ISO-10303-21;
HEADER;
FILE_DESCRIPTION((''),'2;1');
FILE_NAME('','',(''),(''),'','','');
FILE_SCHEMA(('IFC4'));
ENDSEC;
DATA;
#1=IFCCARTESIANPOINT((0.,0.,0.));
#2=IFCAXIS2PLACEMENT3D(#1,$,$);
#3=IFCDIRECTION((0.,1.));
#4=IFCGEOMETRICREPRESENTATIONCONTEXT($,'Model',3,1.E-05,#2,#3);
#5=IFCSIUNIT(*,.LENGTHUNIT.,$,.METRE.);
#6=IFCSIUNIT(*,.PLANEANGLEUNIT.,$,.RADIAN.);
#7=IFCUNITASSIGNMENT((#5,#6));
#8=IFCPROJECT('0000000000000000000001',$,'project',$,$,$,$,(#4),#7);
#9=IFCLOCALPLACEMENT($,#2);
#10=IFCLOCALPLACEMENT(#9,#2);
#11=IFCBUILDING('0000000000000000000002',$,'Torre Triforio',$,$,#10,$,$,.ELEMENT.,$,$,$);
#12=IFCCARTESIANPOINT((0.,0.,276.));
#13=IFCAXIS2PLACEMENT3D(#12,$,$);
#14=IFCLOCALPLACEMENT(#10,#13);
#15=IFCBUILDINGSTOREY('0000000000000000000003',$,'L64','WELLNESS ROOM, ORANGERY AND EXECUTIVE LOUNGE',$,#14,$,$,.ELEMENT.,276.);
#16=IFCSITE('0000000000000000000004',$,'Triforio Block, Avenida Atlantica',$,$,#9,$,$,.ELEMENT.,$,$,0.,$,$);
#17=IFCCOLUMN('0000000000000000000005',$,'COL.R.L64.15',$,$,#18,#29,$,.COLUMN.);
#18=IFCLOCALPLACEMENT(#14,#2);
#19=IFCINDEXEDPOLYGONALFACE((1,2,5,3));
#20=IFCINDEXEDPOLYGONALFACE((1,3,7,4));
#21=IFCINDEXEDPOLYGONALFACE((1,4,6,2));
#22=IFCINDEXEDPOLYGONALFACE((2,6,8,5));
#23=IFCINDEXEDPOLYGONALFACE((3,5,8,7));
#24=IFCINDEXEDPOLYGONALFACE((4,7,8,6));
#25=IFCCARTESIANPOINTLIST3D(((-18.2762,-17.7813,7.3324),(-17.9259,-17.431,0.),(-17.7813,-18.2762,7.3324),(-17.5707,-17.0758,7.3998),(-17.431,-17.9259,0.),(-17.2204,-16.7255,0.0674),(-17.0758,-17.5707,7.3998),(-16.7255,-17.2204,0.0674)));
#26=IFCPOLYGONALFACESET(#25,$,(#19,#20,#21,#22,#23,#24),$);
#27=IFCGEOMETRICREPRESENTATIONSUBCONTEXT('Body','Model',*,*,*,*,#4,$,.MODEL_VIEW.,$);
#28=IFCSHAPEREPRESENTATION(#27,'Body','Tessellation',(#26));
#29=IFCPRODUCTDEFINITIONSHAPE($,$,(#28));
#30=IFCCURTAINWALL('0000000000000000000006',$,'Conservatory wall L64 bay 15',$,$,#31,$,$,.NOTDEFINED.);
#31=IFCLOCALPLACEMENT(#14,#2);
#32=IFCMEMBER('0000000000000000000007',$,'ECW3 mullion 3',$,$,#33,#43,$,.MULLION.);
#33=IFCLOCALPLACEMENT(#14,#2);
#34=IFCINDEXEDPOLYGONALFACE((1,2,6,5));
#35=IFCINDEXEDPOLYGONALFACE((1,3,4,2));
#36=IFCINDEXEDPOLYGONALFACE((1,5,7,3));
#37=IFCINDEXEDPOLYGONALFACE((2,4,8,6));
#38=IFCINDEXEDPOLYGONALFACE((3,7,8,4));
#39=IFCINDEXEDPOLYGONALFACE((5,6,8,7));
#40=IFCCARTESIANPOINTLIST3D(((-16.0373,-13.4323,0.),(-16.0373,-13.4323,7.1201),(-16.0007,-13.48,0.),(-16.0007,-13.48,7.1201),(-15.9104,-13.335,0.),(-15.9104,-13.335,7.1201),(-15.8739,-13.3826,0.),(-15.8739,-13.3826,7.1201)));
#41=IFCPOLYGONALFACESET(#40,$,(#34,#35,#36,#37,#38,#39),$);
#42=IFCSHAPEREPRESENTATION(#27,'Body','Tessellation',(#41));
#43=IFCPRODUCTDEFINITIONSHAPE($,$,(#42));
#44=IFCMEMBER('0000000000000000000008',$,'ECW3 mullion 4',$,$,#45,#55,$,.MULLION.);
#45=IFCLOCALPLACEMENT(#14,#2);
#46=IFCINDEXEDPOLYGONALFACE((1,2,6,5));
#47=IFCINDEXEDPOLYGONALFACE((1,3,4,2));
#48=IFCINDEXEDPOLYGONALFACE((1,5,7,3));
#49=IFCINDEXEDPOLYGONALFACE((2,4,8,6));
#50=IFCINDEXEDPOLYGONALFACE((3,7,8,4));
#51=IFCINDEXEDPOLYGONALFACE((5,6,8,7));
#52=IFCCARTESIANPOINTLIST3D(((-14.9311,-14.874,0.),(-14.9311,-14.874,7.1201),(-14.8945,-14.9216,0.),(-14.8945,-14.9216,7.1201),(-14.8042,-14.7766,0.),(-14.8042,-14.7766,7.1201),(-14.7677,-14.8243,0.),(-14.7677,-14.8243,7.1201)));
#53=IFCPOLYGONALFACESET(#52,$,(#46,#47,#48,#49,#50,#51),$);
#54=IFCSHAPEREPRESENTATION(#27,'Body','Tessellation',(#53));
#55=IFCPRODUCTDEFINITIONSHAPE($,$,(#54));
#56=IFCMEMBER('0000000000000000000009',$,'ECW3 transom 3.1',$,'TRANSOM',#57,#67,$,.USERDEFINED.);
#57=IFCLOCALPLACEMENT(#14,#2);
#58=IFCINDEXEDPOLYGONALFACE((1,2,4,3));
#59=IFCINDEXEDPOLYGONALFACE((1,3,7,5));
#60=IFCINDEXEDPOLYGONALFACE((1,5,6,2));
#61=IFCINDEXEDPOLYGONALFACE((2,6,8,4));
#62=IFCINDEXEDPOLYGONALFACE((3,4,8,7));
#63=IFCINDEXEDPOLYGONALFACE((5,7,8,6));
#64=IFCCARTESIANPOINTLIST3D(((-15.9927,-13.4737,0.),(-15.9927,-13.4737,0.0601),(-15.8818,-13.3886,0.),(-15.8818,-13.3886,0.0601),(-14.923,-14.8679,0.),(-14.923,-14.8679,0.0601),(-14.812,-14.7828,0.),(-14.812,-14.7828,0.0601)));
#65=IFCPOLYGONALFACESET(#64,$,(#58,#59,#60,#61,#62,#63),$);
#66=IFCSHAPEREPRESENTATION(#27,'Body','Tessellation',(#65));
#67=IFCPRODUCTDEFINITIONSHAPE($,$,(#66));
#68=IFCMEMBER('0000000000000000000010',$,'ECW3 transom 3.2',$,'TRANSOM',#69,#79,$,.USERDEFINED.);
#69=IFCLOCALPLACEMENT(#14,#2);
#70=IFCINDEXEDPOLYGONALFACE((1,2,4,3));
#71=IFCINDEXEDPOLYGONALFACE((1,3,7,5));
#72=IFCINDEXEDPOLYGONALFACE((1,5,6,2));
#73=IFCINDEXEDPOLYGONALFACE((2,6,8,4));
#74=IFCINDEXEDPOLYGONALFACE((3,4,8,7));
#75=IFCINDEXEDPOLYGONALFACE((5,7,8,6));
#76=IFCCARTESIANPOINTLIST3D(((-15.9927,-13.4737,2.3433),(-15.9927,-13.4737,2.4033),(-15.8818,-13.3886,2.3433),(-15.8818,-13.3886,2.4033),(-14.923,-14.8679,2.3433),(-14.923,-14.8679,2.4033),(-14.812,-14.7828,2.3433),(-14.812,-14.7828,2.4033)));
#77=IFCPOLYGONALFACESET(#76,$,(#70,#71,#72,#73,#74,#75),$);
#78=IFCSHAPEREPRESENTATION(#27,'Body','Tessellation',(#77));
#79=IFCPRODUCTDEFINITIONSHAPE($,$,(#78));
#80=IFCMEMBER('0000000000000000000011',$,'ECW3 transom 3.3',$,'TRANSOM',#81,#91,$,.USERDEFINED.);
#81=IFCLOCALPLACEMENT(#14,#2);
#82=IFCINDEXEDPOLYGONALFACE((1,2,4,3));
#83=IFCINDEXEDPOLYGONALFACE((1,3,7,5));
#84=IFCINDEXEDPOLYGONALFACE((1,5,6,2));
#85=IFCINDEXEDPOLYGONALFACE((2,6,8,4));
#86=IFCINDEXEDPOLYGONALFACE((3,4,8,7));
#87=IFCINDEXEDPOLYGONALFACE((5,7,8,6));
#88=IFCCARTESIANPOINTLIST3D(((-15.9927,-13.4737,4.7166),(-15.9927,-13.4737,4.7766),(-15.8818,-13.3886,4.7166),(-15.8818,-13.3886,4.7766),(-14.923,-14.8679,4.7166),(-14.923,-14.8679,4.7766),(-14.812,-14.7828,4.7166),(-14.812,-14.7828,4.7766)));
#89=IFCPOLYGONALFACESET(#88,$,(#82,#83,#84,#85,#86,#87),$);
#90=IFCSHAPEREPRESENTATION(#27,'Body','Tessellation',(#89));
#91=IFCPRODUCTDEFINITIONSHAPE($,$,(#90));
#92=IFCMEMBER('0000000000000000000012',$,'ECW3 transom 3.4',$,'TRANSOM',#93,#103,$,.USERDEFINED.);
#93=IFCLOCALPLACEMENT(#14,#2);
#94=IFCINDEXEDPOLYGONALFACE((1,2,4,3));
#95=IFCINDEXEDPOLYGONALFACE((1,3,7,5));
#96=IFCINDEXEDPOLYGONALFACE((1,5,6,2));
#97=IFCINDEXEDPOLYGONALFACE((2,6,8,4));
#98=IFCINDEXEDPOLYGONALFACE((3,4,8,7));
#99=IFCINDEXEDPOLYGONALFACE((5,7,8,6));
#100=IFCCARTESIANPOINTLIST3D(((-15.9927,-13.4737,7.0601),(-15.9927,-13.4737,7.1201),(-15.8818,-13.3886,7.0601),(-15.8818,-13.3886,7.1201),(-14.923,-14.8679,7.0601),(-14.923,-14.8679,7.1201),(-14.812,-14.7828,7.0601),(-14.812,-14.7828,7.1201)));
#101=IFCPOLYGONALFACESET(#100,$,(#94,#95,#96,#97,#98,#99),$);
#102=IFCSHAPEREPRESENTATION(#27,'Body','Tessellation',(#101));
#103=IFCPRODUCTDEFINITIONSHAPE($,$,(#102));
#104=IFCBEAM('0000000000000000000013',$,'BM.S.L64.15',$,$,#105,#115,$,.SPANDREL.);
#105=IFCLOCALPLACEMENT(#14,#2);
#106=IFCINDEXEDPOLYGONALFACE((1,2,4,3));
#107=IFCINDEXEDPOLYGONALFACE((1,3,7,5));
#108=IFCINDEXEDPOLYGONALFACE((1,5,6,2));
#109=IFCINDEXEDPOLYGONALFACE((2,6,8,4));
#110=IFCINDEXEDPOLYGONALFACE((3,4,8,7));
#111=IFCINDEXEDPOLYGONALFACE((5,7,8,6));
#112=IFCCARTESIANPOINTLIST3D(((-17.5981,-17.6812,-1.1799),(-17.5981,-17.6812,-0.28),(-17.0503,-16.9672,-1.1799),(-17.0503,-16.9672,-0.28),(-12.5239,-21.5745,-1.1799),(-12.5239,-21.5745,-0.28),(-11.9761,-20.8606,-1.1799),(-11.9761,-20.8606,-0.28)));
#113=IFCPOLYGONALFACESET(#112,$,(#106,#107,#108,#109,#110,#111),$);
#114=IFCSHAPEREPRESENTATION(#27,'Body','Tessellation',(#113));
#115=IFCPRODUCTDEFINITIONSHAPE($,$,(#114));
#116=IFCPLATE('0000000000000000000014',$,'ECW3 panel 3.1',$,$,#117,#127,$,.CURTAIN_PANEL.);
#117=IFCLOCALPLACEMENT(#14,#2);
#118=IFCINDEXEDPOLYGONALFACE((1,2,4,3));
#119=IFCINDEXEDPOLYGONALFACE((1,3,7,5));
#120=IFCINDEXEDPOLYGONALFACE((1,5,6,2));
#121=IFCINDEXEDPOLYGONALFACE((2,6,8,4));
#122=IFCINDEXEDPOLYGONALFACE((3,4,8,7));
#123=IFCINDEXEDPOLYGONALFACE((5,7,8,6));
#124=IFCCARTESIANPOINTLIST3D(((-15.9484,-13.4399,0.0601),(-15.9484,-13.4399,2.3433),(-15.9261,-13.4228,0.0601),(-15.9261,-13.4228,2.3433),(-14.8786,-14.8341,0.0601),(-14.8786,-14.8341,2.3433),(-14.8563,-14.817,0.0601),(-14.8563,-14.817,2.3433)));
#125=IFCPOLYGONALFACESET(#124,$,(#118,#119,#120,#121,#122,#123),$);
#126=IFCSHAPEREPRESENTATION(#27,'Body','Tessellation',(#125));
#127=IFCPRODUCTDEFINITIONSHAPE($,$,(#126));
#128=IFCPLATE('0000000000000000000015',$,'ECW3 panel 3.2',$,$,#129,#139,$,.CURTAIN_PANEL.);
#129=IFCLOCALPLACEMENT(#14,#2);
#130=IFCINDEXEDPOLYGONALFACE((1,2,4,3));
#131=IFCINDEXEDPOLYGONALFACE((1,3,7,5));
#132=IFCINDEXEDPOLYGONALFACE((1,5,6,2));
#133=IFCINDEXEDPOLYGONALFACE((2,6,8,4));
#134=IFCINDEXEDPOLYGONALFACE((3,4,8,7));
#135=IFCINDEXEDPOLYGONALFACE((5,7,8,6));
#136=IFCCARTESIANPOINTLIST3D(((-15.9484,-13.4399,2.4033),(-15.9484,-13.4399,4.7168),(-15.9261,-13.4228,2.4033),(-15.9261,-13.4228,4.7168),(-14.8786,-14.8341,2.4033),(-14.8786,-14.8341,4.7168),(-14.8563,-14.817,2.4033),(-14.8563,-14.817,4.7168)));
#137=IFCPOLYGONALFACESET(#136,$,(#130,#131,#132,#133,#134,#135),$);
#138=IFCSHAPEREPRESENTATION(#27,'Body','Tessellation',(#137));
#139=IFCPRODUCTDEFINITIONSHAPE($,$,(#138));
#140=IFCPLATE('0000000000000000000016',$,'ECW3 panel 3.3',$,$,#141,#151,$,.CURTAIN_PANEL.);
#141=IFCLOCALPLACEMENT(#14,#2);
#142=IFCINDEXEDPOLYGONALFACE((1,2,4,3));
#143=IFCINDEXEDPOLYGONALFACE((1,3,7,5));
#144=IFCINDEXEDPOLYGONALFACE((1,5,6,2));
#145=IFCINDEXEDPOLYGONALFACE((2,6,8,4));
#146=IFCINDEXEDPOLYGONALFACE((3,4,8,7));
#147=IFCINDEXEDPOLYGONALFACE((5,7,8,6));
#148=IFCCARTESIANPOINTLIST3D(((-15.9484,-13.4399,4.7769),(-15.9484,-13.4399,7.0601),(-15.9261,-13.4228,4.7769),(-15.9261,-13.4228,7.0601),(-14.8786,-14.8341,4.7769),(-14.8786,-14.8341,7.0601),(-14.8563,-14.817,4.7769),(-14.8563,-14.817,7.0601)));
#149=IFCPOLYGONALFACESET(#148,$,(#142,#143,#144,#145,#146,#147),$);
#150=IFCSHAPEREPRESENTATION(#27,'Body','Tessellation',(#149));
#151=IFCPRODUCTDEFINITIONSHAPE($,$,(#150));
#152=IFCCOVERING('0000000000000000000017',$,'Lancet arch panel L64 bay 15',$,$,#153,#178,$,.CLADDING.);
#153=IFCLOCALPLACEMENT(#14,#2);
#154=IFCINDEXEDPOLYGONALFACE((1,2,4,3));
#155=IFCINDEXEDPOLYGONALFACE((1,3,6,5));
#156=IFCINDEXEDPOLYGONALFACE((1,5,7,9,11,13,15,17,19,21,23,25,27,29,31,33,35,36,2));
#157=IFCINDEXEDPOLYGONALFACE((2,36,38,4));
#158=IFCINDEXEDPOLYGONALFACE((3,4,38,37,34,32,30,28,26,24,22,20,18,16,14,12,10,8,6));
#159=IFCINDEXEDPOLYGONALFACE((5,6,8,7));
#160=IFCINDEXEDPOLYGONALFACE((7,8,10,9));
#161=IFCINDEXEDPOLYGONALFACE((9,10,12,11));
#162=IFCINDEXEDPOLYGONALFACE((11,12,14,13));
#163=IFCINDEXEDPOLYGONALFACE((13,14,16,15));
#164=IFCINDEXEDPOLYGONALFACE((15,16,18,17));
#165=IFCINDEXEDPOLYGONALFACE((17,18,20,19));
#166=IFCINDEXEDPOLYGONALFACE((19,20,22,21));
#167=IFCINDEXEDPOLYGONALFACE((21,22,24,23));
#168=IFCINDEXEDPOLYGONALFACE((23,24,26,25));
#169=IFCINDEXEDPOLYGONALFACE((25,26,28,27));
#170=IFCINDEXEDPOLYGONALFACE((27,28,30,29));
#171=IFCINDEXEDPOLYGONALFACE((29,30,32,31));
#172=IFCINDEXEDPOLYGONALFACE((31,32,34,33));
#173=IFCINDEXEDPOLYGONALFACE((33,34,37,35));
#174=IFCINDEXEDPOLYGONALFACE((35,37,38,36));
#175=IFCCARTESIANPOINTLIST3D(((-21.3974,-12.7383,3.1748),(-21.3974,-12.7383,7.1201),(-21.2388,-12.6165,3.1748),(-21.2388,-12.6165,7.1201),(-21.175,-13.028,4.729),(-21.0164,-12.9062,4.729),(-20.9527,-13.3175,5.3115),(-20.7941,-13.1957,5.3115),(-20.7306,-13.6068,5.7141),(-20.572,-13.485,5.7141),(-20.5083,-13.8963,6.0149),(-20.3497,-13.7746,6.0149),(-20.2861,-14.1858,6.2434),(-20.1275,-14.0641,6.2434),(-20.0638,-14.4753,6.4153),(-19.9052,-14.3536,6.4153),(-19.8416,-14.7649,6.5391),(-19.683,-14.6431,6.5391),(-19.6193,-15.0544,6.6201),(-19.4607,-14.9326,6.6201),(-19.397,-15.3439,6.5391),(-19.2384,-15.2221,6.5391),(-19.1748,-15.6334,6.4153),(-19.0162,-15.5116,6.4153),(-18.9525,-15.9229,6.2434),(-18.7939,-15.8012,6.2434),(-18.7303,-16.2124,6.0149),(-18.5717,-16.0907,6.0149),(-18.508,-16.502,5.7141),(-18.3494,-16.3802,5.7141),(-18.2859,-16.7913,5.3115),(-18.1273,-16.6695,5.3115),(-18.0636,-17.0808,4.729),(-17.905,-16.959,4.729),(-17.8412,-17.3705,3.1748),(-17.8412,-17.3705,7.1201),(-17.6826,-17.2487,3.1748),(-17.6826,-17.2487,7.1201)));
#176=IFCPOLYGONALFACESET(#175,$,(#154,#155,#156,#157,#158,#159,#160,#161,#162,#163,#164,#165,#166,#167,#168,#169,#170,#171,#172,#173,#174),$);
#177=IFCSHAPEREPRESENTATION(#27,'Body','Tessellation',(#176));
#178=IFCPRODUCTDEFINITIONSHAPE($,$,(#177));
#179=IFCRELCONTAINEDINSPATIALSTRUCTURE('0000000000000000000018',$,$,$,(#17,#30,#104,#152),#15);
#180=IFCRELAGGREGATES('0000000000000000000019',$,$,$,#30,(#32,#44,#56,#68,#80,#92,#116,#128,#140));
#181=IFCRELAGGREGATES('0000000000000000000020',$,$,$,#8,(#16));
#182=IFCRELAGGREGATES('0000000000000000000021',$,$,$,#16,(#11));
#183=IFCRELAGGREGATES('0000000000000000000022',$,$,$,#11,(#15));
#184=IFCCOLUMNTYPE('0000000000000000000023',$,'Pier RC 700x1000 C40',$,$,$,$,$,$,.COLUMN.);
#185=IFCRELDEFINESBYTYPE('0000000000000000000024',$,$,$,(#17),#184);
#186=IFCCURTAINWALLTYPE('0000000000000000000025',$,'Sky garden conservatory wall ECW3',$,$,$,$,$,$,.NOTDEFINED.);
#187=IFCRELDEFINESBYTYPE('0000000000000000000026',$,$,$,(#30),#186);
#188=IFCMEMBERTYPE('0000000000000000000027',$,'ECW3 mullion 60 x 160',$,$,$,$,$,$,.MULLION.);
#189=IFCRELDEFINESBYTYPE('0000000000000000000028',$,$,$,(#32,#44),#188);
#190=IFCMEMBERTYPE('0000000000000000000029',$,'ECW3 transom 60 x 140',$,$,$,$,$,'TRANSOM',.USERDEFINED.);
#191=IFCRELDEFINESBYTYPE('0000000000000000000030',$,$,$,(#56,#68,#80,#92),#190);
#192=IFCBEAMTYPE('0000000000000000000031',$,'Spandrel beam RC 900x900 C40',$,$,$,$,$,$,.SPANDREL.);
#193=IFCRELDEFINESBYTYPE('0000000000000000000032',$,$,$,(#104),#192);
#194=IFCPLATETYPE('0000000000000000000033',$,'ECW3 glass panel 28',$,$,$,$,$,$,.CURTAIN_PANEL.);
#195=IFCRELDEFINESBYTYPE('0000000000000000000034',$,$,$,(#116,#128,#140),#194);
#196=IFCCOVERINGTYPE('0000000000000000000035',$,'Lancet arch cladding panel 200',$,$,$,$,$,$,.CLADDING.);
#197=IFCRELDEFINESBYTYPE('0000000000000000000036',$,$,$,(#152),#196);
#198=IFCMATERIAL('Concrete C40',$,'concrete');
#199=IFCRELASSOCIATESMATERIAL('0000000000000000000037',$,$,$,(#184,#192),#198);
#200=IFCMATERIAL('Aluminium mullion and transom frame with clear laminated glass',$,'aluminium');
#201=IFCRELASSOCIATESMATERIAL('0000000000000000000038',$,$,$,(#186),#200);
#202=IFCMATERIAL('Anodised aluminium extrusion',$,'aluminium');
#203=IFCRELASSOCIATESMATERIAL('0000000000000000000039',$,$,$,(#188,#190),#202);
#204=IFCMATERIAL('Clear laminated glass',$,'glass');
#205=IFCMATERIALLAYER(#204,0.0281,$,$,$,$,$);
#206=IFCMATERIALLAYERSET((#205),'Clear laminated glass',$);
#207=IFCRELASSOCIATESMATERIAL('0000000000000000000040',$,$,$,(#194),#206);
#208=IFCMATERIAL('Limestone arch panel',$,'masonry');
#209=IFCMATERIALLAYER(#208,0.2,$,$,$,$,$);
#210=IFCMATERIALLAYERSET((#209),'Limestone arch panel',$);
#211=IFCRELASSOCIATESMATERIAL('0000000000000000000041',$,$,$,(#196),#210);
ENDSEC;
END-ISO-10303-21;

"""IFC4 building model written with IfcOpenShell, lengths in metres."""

from ifc_helpers import new_model, si_unit, direction, frame, origin, origin_2d, place, context, subcontext, project, spatial, polyline, rectangle, outline, extrude, material, layer, layer_set, material_profile, profile_set, type_object, element, aggregate, save


model = new_model("IFC4")

# Units and contexts
model_context = context("Model", 3, precision=1e-05, world=origin(), true_north=direction((0.0, 1.0)))
body_context = subcontext(model_context, "Body", "Model", "MODEL_VIEW")
ifc_project = project(units=[si_unit("LENGTHUNIT", "METRE"), si_unit("PLANEANGLEUNIT", "RADIAN")], contexts=[model_context])

# Site, building, storey
site_placement = place(None, origin())
site = spatial("IfcSite", under=ifc_project, at=site_placement, Name="Triforio Block, Avenida Atlantica", CompositionType="ELEMENT", RefElevation=0.0)
building_placement = place(site_placement, origin())
building = spatial("IfcBuilding", under=site, at=building_placement, Name="Torre Triforio", CompositionType="ELEMENT")
storey_placement = place(building_placement, frame((0.0, 0.0, 276.0)))
storey = spatial("IfcBuildingStorey", under=building, at=storey_placement, Name="L64", Description="WELLNESS ROOM, ORANGERY AND EXECUTIVE LOUNGE", CompositionType="ELEMENT", Elevation=276.0)

# Column
ifc_material_1 = material(Name="Concrete C40", Category="concrete")
ifc_material_profile_1 = material_profile(ifc_material_1, rectangle(XDim=0.7, YDim=1.0, at=origin_2d()), Name="RC 700x1000")
ifc_profile_set_1 = profile_set([ifc_material_profile_1], Name="Concrete C40")
column_type = type_object("IfcColumnType", Name="Pier RC 700x1000 C40", PredefinedType="COLUMN", material=ifc_profile_set_1)
column_placement = place(storey_placement, frame((-17.3257, -17.3257, 0.0337), z_axis=(-0.04767, -0.04767, 0.997725), x_axis=(0.707107, -0.707107, 0.0)))
element("IfcColumn", 1, at=column_placement, inside=storey, type_object=column_type, Name="COL.R.L64.15", PredefinedType="COLUMN", context=body_context, shape_type="SweptSolid", body=[
    extrude(rectangle(XDim=0.7, YDim=1.0, at=origin_2d()), origin(), (0.0, 0.0, 1.0), 7.3491),
])

# Curtain wall, members
ifc_material_2 = material(Name="Aluminium mullion and transom frame with clear laminated glass", Category="aluminium")
curtain_wall_type = type_object("IfcCurtainWallType", Name="Sky garden conservatory wall ECW3", PredefinedType="NOTDEFINED", material=ifc_material_2)
curtain_wall_placement = place(storey_placement, origin())
curtain_wall = element("IfcCurtainWall", 2, at=curtain_wall_placement, inside=storey, type_object=curtain_wall_type, Name="Conservatory wall L64 bay 15", PredefinedType="NOTDEFINED")
ifc_material_3 = material(Name="Anodised aluminium extrusion", Category="aluminium")
ifc_material_profile_2 = material_profile(ifc_material_3, rectangle(XDim=0.1599, YDim=0.0601, at=origin_2d()), Name="ECW3 MULLION 60x160")
ifc_profile_set_2 = profile_set([ifc_material_profile_2], Name="Anodised aluminium extrusion")
member_type_1 = type_object("IfcMemberType", Name="ECW3 mullion 60 x 160", PredefinedType="MULLION", material=ifc_profile_set_2)
member_1_placement = place(storey_placement, frame((-15.9556, -13.4075, 0.0), z_axis=(0.0, 0.0, 1.0), x_axis=(0.793352, 0.608763, 0.0)))
member_1 = element("IfcMember", 3, at=member_1_placement, type_object=member_type_1, Name="ECW3 mullion 3", PredefinedType="MULLION", context=body_context, shape_type="SweptSolid", body=[
    extrude(rectangle(XDim=0.1599, YDim=0.0601, at=origin_2d()), origin(), (0.0, 0.0, 1.0), 7.1201),
])
member_2_placement = place(storey_placement, frame((-14.8494, -14.8491, 0.0), z_axis=(0.0, 0.0, 1.0), x_axis=(0.793352, 0.608763, 0.0)))
member_2 = element("IfcMember", 4, at=member_2_placement, type_object=member_type_1, Name="ECW3 mullion 4", PredefinedType="MULLION", context=body_context, shape_type="SweptSolid", body=[
    extrude(rectangle(XDim=0.1599, YDim=0.0601, at=origin_2d()), origin(), (0.0, 0.0, 1.0), 7.1201),
])
ifc_material_profile_3 = material_profile(ifc_material_3, rectangle(XDim=0.1399, YDim=0.0601, at=origin_2d()), Name="ECW3 TRANSOM 60x140")
ifc_profile_set_3 = profile_set([ifc_material_profile_3], Name="Anodised aluminium extrusion")
member_type_2 = type_object("IfcMemberType", Name="ECW3 transom 60 x 140", ElementType="TRANSOM", PredefinedType="USERDEFINED", material=ifc_profile_set_3)
member_3_placement = place(storey_placement, frame((-15.9373, -13.4312, 0.03), z_axis=(0.608744, -0.793367, 0.0), x_axis=(0.793367, 0.608744, 0.0)))
member_3 = element("IfcMember", 5, at=member_3_placement, type_object=member_type_2, Name="ECW3 transom 3.1", ObjectType="TRANSOM", PredefinedType="USERDEFINED", context=body_context, shape_type="SweptSolid", body=[
    extrude(rectangle(XDim=0.1399, YDim=0.0601, at=origin_2d()), origin(), (0.0, 0.0, 1.0), 1.7573),
])
member_4_placement = place(storey_placement, frame((-15.9373, -13.4312, 2.3733), z_axis=(0.608744, -0.793367, 0.0), x_axis=(0.793367, 0.608744, 0.0)))
member_4 = element("IfcMember", 6, at=member_4_placement, type_object=member_type_2, Name="ECW3 transom 3.2", ObjectType="TRANSOM", PredefinedType="USERDEFINED", context=body_context, shape_type="SweptSolid", body=[
    extrude(rectangle(XDim=0.1399, YDim=0.0601, at=origin_2d()), origin(), (0.0, 0.0, 1.0), 1.7573),
])
member_5_placement = place(storey_placement, frame((-15.9373, -13.4312, 4.7466), z_axis=(0.608744, -0.793367, 0.0), x_axis=(0.793367, 0.608744, 0.0)))
member_5 = element("IfcMember", 7, at=member_5_placement, type_object=member_type_2, Name="ECW3 transom 3.3", ObjectType="TRANSOM", PredefinedType="USERDEFINED", context=body_context, shape_type="SweptSolid", body=[
    extrude(rectangle(XDim=0.1399, YDim=0.0601, at=origin_2d()), origin(), (0.0, 0.0, 1.0), 1.7573),
])
member_6_placement = place(storey_placement, frame((-15.9373, -13.4312, 7.0901), z_axis=(0.608744, -0.793367, 0.0), x_axis=(0.793367, 0.608744, 0.0)))
member_6 = element("IfcMember", 8, at=member_6_placement, type_object=member_type_2, Name="ECW3 transom 3.4", ObjectType="TRANSOM", PredefinedType="USERDEFINED", context=body_context, shape_type="SweptSolid", body=[
    extrude(rectangle(XDim=0.1399, YDim=0.0601, at=origin_2d()), origin(), (0.0, 0.0, 1.0), 1.7573),
])

# Beam
ifc_material_profile_4 = material_profile(ifc_material_1, rectangle(XDim=0.8999, YDim=0.8999, at=origin_2d()), Name="RC 900x900")
ifc_profile_set_4 = profile_set([ifc_material_profile_4], Name="Concrete C40")
beam_type = type_object("IfcBeamType", Name="Spandrel beam RC 900x900 C40", PredefinedType="SPANDREL", material=ifc_profile_set_4)
beam_placement = place(storey_placement, frame((-17.3242, -17.3242, -0.73), z_axis=(0.793374, -0.608734, 0.0), x_axis=(0.608734, 0.793374, 0.0)))
element("IfcBeam", 9, at=beam_placement, inside=storey, type_object=beam_type, Name="BM.S.L64.15", PredefinedType="SPANDREL", context=body_context, shape_type="SweptSolid", body=[
    extrude(rectangle(XDim=0.8999, YDim=0.8999, at=origin_2d()), origin(), (0.0, 0.0, 1.0), 6.3958),
])

# Plates
ifc_material_4 = material(Name="Clear laminated glass", Category="glass")
ifc_layer_1 = layer(ifc_material_4, 0.0281)
ifc_layer_set_1 = layer_set([ifc_layer_1], Name="Clear laminated glass")
plate_type = type_object("IfcPlateType", Name="ECW3 glass panel 28", PredefinedType="CURTAIN_PANEL", material=ifc_layer_set_1)
plate_1_placement = place(storey_placement, frame((-15.4023, -14.1284, 0.0601), z_axis=(0.0, 0.0, 1.0), x_axis=(0.608763, -0.793352, 0.0)))
plate_1 = element("IfcPlate", 10, at=plate_1_placement, type_object=plate_type, Name="ECW3 panel 3.1", PredefinedType="CURTAIN_PANEL", context=body_context, shape_type="SweptSolid", body=[
    extrude(rectangle(XDim=1.7573, YDim=0.0281, at=origin_2d()), origin(), (0.0, 0.0, 1.0), 2.2832),
])
plate_2_placement = place(storey_placement, frame((-15.4023, -14.1284, 2.4033), z_axis=(0.0, 0.0, 1.0), x_axis=(0.608763, -0.793352, 0.0)))
plate_2 = element("IfcPlate", 11, at=plate_2_placement, type_object=plate_type, Name="ECW3 panel 3.2", PredefinedType="CURTAIN_PANEL", context=body_context, shape_type="SweptSolid", body=[
    extrude(rectangle(XDim=1.7573, YDim=0.0281, at=origin_2d()), origin(), (0.0, 0.0, 1.0), 2.3135),
])
plate_3_placement = place(storey_placement, frame((-15.4023, -14.1284, 4.7769), z_axis=(0.0, 0.0, 1.0), x_axis=(0.608763, -0.793352, 0.0)))
plate_3 = element("IfcPlate", 12, at=plate_3_placement, type_object=plate_type, Name="ECW3 panel 3.3", PredefinedType="CURTAIN_PANEL", context=body_context, shape_type="SweptSolid", body=[
    extrude(rectangle(XDim=1.7573, YDim=0.0281, at=origin_2d()), origin(), (0.0, 0.0, 1.0), 2.2832),
])
aggregate(curtain_wall, [member_1, member_2, member_3, member_4, member_5, member_6, plate_1, plate_2, plate_3])

# Covering
ifc_material_5 = material(Name="Limestone arch panel", Category="masonry")
ifc_layer_2 = layer(ifc_material_5, 0.2)
ifc_layer_set_2 = layer_set([ifc_layer_2], Name="Limestone arch panel")
covering_type_1 = type_object("IfcCoveringType", Name="Lancet arch cladding panel 200", PredefinedType="CLADDING", material=ifc_layer_set_2)
for number, where, z_axis, x_axis, name in (
    (13, (-19.4607, -14.9326, 0.0), (-0.793213, -0.608944, 0.0), (0.608944, -0.793213, 0.0), "Lancet arch panel L64 bay 15"),
):
    element("IfcCovering", number, at=place(storey_placement, frame(where, z_axis=z_axis, x_axis=x_axis)), inside=storey, type_object=covering_type_1, Name=name, PredefinedType="CLADDING", context=body_context, shape_type="SweptSolid", body=[
        extrude(outline(polyline([(-2.9199, 7.1201), (-2.9199, 3.1748), (-2.5547, 4.729), (-2.1897, 5.3115), (-1.825, 5.7141), (-1.46, 6.0149), (-1.095, 6.2434), (-0.73, 6.4153), (-0.365, 6.5391), (0.0, 6.6201), (0.365, 6.5391), (0.73, 6.4153), (1.095, 6.2434), (1.46, 6.0149), (1.825, 5.7141), (2.1897, 5.3115), (2.5547, 4.729), (2.9199, 3.1748), (2.9199, 7.1201), (-2.9199, 7.1201)])), origin(), (0.0, 0.0, 1.0), 0.2),
    ])

save(model, "model.ifc")
